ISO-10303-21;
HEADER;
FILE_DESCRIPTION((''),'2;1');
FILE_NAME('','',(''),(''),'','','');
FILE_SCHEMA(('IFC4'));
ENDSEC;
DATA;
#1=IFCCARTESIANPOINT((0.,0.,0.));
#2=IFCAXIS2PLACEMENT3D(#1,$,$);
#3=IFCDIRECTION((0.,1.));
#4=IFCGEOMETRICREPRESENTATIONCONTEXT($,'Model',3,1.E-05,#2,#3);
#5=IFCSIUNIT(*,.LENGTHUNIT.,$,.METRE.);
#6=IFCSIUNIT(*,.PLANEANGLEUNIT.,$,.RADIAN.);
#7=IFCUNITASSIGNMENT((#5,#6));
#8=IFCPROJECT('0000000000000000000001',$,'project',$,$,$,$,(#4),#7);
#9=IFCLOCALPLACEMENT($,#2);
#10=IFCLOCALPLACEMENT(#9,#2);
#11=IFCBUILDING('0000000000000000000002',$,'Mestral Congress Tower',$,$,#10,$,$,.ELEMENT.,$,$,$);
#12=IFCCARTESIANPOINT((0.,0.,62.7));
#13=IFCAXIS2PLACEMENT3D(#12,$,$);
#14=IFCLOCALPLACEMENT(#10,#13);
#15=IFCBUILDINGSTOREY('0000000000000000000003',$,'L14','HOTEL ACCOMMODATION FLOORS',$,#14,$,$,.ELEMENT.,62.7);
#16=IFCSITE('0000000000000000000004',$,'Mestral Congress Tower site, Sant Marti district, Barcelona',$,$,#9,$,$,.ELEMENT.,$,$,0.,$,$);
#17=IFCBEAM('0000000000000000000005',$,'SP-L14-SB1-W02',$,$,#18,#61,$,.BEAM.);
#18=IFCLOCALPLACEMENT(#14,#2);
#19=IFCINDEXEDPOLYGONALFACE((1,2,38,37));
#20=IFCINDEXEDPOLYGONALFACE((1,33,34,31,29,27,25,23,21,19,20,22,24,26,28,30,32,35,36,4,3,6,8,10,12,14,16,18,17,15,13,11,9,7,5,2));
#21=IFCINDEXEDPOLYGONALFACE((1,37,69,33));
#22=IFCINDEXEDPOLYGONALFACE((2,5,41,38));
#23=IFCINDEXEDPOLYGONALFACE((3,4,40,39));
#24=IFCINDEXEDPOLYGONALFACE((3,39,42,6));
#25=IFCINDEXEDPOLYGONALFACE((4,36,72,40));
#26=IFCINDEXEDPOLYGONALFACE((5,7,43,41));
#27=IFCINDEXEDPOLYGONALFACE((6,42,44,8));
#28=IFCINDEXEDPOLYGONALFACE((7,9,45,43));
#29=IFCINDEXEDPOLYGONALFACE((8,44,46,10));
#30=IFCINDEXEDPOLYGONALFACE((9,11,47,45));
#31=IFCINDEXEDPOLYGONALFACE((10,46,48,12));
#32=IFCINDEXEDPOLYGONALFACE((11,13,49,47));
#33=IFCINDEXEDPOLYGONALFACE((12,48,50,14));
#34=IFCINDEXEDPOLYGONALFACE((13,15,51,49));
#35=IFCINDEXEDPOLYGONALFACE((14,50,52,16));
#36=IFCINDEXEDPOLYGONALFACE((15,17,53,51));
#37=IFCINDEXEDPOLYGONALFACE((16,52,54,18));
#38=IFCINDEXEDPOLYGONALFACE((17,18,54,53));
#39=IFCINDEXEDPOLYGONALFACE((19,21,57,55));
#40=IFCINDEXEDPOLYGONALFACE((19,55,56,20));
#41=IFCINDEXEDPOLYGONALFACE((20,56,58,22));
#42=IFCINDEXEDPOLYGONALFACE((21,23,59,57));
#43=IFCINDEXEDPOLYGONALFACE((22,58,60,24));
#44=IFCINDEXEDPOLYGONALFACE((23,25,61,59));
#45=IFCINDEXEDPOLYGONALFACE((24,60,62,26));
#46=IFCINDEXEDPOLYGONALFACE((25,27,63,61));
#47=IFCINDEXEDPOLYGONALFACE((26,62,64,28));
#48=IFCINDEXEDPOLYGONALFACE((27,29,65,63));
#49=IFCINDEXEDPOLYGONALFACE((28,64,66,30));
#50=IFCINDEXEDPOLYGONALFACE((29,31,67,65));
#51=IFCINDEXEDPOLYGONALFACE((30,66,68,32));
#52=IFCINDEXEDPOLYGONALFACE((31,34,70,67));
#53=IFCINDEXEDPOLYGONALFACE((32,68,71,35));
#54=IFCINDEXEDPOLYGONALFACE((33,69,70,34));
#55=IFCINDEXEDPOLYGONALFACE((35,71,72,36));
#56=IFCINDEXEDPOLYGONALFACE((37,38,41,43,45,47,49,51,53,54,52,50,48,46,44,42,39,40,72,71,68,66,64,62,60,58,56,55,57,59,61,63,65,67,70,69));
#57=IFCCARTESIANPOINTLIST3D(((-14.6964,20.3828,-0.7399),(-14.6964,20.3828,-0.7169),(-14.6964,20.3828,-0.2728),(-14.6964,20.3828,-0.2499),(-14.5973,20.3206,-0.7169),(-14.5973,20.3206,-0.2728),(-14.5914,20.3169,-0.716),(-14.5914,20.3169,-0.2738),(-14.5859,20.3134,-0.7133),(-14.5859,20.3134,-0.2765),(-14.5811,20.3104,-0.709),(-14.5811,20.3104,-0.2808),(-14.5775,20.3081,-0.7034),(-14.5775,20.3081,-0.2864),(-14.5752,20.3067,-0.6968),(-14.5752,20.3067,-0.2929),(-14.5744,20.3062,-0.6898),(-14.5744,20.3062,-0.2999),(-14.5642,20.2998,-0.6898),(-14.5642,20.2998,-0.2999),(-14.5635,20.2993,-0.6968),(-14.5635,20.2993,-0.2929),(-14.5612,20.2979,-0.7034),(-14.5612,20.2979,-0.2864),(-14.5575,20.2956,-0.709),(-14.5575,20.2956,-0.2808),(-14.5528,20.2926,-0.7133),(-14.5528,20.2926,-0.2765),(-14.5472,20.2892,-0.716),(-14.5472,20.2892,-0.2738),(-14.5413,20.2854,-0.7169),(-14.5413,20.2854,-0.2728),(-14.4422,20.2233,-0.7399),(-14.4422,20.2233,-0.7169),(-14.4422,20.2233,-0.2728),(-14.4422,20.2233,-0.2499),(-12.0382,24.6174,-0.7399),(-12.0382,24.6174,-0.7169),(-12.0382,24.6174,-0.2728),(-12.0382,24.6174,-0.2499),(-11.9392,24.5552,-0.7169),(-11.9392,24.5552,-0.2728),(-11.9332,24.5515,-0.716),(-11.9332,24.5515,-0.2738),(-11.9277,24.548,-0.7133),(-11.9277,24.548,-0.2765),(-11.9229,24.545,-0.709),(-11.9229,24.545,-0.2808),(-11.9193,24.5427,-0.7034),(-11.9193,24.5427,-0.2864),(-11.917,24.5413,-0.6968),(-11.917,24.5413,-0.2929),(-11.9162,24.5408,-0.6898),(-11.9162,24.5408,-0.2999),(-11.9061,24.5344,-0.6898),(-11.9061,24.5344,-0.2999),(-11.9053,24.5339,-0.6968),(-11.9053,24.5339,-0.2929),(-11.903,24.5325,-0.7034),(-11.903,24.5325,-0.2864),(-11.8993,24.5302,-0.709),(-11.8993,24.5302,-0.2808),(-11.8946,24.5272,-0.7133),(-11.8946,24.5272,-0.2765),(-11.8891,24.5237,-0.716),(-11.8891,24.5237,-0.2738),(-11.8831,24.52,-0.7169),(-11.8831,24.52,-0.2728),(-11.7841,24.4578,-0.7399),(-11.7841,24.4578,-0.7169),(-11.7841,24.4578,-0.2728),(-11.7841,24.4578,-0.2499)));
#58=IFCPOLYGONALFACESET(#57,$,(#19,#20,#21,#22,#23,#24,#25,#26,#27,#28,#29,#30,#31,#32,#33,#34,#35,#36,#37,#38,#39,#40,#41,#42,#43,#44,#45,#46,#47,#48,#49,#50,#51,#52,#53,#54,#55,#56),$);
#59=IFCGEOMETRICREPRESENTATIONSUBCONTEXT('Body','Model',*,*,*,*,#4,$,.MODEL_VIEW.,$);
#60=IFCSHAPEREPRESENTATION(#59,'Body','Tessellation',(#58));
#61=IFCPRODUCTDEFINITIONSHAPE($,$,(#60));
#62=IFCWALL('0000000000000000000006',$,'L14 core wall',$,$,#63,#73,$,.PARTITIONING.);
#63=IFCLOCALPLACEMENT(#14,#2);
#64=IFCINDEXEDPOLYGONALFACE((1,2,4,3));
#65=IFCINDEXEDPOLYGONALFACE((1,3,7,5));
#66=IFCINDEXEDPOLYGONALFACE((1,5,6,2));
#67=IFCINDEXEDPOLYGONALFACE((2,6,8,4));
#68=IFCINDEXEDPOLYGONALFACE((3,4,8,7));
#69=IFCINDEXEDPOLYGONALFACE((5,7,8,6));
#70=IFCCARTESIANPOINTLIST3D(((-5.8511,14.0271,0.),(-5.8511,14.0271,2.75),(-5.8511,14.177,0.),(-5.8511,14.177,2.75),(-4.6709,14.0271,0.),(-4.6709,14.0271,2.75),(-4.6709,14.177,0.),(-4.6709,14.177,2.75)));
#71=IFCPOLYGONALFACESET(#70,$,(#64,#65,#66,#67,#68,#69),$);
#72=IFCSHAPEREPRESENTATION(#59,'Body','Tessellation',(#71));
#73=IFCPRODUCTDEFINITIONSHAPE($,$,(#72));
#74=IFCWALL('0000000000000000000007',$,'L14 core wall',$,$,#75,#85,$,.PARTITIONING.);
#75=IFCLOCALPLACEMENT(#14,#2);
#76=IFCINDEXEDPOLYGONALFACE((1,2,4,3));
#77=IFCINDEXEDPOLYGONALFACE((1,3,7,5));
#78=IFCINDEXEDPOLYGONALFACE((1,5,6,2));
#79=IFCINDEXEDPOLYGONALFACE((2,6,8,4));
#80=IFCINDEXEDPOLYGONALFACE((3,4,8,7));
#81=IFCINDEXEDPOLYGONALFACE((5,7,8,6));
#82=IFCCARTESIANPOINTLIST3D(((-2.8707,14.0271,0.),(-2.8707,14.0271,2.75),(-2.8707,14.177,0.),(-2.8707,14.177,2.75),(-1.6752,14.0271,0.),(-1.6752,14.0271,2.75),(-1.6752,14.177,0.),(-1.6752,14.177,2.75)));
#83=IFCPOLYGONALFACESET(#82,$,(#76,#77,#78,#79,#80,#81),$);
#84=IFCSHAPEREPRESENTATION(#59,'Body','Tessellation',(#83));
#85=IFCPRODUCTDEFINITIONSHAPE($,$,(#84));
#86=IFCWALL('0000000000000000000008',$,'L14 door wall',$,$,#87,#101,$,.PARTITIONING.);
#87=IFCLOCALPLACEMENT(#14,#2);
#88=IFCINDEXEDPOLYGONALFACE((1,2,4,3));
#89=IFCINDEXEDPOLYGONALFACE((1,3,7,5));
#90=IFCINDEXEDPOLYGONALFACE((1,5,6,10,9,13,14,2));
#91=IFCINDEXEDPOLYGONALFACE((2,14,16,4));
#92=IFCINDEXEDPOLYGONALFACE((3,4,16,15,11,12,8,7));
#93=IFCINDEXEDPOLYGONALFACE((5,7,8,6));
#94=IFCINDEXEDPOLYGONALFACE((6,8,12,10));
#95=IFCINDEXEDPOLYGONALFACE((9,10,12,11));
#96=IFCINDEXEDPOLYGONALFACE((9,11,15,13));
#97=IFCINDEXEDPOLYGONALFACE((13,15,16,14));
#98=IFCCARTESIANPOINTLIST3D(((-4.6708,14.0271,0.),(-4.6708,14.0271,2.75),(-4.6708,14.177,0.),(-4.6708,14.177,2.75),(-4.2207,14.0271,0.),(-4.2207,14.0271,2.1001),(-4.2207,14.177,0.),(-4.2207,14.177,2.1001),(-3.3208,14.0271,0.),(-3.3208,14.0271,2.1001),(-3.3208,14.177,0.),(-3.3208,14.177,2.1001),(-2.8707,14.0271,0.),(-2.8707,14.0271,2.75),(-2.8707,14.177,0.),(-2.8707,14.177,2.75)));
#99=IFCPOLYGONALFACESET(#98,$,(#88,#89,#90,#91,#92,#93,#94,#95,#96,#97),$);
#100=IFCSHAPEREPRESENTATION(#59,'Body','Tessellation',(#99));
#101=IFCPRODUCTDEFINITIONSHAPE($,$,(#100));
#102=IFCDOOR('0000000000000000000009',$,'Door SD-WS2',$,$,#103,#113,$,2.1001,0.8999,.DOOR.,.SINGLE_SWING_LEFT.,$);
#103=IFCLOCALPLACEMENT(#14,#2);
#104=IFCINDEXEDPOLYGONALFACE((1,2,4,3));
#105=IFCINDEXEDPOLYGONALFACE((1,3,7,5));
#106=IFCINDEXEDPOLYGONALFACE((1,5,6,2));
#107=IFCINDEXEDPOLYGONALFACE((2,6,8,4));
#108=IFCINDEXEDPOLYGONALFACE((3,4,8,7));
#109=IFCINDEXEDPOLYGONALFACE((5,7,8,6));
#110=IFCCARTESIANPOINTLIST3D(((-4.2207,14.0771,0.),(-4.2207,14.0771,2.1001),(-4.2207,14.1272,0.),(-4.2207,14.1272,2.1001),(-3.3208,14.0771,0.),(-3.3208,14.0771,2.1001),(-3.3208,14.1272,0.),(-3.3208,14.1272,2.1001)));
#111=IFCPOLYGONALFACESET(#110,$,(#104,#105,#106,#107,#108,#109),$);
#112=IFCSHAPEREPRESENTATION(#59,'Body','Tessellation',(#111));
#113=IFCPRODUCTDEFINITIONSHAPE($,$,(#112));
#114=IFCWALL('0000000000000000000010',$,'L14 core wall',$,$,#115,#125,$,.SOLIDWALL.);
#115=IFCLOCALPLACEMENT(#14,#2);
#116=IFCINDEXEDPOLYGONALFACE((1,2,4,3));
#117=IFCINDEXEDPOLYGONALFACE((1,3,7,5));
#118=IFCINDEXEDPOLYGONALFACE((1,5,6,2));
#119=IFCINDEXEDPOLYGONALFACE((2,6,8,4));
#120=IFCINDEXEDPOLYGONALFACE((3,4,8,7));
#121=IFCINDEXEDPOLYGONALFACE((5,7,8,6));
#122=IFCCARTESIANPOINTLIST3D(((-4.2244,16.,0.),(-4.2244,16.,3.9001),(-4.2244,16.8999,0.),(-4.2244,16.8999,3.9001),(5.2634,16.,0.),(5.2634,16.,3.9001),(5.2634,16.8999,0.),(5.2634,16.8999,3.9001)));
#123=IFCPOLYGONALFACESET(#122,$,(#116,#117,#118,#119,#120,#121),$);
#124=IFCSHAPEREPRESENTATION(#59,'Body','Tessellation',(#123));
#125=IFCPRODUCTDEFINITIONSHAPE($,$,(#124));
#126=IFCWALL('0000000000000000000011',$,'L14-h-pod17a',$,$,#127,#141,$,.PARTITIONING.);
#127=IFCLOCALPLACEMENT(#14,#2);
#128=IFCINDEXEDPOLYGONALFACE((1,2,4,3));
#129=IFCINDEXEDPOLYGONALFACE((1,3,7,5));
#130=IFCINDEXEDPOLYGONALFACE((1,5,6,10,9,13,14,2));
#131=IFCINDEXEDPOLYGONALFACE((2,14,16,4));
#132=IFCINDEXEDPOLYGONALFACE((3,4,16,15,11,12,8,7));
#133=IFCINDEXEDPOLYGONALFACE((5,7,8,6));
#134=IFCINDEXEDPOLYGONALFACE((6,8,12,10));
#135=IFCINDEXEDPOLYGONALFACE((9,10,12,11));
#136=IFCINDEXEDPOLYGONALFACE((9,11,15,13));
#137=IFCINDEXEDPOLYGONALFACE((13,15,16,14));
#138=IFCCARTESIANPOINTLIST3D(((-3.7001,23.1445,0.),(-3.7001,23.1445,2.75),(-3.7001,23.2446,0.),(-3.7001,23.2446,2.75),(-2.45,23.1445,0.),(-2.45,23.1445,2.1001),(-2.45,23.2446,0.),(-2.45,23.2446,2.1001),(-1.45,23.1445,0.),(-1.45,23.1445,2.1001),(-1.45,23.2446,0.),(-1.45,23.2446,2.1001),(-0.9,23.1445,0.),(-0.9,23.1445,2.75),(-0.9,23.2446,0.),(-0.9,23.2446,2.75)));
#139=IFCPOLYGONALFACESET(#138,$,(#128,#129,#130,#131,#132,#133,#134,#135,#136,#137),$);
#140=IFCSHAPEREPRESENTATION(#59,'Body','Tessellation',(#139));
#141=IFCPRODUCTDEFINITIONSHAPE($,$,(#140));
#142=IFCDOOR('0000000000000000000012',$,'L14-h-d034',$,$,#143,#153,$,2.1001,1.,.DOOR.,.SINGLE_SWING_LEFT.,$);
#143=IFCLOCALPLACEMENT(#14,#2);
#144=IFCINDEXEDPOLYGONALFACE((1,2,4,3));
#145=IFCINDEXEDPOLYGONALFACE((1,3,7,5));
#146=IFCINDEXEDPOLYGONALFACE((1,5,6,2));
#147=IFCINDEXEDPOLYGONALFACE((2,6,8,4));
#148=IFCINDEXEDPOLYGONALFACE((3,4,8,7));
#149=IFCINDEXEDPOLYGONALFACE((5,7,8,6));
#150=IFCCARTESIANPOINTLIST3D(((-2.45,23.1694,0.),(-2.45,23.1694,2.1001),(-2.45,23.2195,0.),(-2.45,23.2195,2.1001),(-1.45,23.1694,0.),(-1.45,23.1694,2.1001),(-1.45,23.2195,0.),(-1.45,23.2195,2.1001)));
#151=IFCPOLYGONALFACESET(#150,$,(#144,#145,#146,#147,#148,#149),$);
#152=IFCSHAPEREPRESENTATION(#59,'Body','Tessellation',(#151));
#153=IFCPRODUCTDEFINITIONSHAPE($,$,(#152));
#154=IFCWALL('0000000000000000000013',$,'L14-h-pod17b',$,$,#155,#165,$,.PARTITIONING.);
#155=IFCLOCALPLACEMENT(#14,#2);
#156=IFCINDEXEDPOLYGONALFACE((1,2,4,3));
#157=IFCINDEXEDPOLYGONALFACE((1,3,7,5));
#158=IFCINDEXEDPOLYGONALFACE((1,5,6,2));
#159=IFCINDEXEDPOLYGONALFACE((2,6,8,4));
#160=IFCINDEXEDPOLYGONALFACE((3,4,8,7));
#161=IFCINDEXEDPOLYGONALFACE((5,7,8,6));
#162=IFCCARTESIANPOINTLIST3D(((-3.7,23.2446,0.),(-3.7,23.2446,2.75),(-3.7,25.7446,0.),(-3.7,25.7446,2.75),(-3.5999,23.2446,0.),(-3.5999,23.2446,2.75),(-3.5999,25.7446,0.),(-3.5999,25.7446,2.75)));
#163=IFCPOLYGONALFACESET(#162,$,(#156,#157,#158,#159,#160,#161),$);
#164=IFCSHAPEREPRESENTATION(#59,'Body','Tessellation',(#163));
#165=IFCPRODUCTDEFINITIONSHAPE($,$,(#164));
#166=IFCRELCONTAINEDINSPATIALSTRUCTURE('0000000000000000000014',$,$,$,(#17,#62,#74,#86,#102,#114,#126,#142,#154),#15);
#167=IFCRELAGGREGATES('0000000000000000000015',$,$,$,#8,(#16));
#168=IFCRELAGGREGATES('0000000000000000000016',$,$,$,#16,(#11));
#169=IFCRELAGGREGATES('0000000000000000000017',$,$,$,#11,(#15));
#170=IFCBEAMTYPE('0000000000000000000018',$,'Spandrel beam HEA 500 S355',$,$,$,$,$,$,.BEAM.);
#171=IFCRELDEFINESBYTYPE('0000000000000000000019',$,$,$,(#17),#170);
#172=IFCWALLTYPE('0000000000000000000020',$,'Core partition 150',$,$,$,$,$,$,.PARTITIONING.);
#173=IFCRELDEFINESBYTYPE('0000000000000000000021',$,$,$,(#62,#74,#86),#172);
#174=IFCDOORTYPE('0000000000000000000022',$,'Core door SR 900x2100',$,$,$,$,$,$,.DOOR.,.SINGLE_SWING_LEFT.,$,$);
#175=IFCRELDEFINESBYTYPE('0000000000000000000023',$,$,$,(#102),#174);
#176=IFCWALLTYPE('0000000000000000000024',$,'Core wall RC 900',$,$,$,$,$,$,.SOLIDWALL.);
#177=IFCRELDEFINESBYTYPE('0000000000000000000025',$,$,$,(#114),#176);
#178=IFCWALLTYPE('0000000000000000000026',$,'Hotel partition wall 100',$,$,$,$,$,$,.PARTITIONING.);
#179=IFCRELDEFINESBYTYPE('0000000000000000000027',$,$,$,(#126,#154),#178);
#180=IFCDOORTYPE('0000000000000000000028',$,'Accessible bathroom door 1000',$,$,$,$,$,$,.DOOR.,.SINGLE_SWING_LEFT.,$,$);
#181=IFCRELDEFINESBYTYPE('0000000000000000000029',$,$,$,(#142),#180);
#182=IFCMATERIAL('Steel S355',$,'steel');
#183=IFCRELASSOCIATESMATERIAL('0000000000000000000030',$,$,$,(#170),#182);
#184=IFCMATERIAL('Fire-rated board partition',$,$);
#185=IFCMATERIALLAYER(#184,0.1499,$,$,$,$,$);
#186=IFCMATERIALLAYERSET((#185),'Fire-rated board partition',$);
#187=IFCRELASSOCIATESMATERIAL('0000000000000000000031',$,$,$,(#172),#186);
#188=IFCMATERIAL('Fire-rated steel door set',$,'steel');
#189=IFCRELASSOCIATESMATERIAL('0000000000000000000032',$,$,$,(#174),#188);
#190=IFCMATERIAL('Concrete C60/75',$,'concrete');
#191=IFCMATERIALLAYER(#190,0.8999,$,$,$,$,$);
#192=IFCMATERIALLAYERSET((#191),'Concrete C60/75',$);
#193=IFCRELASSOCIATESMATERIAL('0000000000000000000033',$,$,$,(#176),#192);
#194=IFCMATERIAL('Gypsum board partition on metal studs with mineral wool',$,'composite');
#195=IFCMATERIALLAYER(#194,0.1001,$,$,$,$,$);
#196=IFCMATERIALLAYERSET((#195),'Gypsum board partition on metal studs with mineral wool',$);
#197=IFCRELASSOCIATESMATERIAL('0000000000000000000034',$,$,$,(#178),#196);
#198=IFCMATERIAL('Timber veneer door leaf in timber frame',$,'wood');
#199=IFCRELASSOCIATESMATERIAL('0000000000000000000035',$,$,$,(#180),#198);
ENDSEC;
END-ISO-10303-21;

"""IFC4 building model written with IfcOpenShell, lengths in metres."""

from ifc_helpers import new_model, si_unit, direction, frame, frame_2d, origin, origin_2d, place, context, subcontext, project, spatial, rectangle, i_section, extrude, material, layer, layer_set, material_profile, profile_set, type_object, element, fill, save


model = new_model("IFC4")

# Units and contexts
model_context = context("Model", 3, precision=1e-05, world=origin(), true_north=direction((0.0, 1.0)))
body_context = subcontext(model_context, "Body", "Model", "MODEL_VIEW")
ifc_project = project(units=[si_unit("LENGTHUNIT", "METRE"), si_unit("PLANEANGLEUNIT", "RADIAN")], contexts=[model_context])

# Site, building, storey
site_placement = place(None, origin())
site = spatial("IfcSite", under=ifc_project, at=site_placement, Name="Mestral Congress Tower site, Sant Marti district, Barcelona", CompositionType="ELEMENT", RefElevation=0.0)
building_placement = place(site_placement, origin())
building = spatial("IfcBuilding", under=site, at=building_placement, Name="Mestral Congress Tower", CompositionType="ELEMENT")
storey_placement = place(building_placement, frame((0.0, 0.0, 62.7)))
storey = spatial("IfcBuildingStorey", under=building, at=storey_placement, Name="L14", Description="HOTEL ACCOMMODATION FLOORS", CompositionType="ELEMENT", Elevation=62.7)

# Beam
ifc_material_1 = material(Name="Steel S355", Category="steel")
ifc_material_profile = material_profile(ifc_material_1, i_section(OverallWidth=0.3, OverallDepth=0.49, WebThickness=0.012, FlangeThickness=0.0229, FilletRadius=0.0271, at=origin_2d()), Name="HEA 500")
ifc_profile_set = profile_set([ifc_material_profile], Name="Steel S355")
beam_type = type_object("IfcBeamType", Name="Spandrel beam HEA 500 S355", PredefinedType="BEAM", material=ifc_profile_set)
beam_placement = place(storey_placement, frame((-11.9111, 24.5376, -0.4949), z_axis=(-0.531661, -0.846957, 0.0), x_axis=(0.846957, -0.531661, 0.0)))
element("IfcBeam", 1, at=beam_placement, inside=storey, type_object=beam_type, Name="SP-L14-SB1-W02", PredefinedType="BEAM", context=body_context, shape_type="SweptSolid", body=[
    extrude(i_section(OverallWidth=0.3, OverallDepth=0.49, WebThickness=0.012, FlangeThickness=0.0229, FilletRadius=0.0271, at=origin_2d()), origin(), (0.0, 0.0, 1.0), 4.9998),
])

# Walls
ifc_material_2 = material(Name="Fire-rated board partition")
ifc_layer_1 = layer(ifc_material_2, 0.1499)
ifc_layer_set_1 = layer_set([ifc_layer_1], Name="Fire-rated board partition")
wall_type_1 = type_object("IfcWallType", Name="Core partition 150", PredefinedType="PARTITIONING", material=ifc_layer_set_1)
wall_1_placement = place(storey_placement, frame((-5.8511, 14.1021, 0.0), z_axis=(0.0, 0.0, 1.0), x_axis=(1.0, 0.0, 0.0)))
element("IfcWall", 2, at=wall_1_placement, inside=storey, type_object=wall_type_1, Name="L14 core wall", PredefinedType="PARTITIONING", context=body_context, shape_type="SweptSolid", body=[
    extrude(rectangle(XDim=1.1802, YDim=0.1499, at=frame_2d((0.5901, 0.0))), origin(), (0.0, 0.0, 1.0), 2.75),
])
wall_2_placement = place(storey_placement, frame((-2.8706, 14.1021, 0.0), z_axis=(0.0, 0.0, 1.0), x_axis=(1.0, 0.0, 0.0)))
element("IfcWall", 3, at=wall_2_placement, inside=storey, type_object=wall_type_1, Name="L14 core wall", PredefinedType="PARTITIONING", context=body_context, shape_type="SweptSolid", body=[
    extrude(rectangle(XDim=1.1956, YDim=0.1499, at=frame_2d((0.5977, 0.0))), origin(), (0.0, 0.0, 1.0), 2.75),
])

# Wall, opening, door
wall_3_placement = place(storey_placement, frame((-2.8708, 14.1021, 0.0), z_axis=(0.0, 0.0, 1.0), x_axis=(-1.0, 0.0, 0.0)))
wall_3 = element("IfcWall", 4, at=wall_3_placement, inside=storey, type_object=wall_type_1, Name="L14 door wall", PredefinedType="PARTITIONING", context=body_context, shape_type="SweptSolid", body=[
    extrude(rectangle(XDim=1.8, YDim=0.1499, at=frame_2d((0.8999, 0.0))), origin(), (0.0, 0.0, 1.0), 2.75),
])
opening_1_placement = place(wall_3_placement, frame((0.45, 0.0, 0.0)))
opening_1 = element("IfcOpeningElement", 5, at=opening_1_placement, cuts=wall_3, PredefinedType="OPENING", context=body_context, shape_type="SweptSolid", body=[
    extrude(rectangle(XDim=0.8999, YDim=2.1001, at=frame_2d((0.45, 1.05))), frame((0.0, 0.085, 0.0), z_axis=(0.0, -1.0, 0.0), x_axis=(1.0, 0.0, 0.0)), (0.0, 0.0, 1.0), 0.1699),
])
ifc_material_3 = material(Name="Fire-rated steel door set", Category="steel")
door_type_1 = type_object("IfcDoorType", Name="Core door SR 900x2100", OperationType="SINGLE_SWING_LEFT", PredefinedType="DOOR", material=ifc_material_3)
door_1_placement = place(opening_1_placement, origin())
door_1 = element("IfcDoor", 6, at=door_1_placement, inside=storey, type_object=door_type_1, Name="Door SD-WS2", OperationType="SINGLE_SWING_LEFT", OverallHeight=2.1001, OverallWidth=0.8999, PredefinedType="DOOR", context=body_context, shape_type="SweptSolid", body=[
    extrude(rectangle(XDim=0.8999, YDim=2.1001, at=frame_2d((0.45, 1.05))), frame((0.0, 0.0249, 0.0), z_axis=(0.0, -1.0, 0.0), x_axis=(1.0, 0.0, 0.0)), (0.0, 0.0, 1.0), 0.05),
])
fill(opening_1, door_1)

# Wall
ifc_material_4 = material(Name="Concrete C60/75", Category="concrete")
ifc_layer_2 = layer(ifc_material_4, 0.8999)
ifc_layer_set_2 = layer_set([ifc_layer_2], Name="Concrete C60/75")
wall_type_2 = type_object("IfcWallType", Name="Core wall RC 900", PredefinedType="SOLIDWALL", material=ifc_layer_set_2)
wall_4_placement = place(storey_placement, frame((-4.2244, 16.45, 0.0), z_axis=(0.0, 0.0, 1.0), x_axis=(1.0, 0.0, 0.0)))
element("IfcWall", 7, at=wall_4_placement, inside=storey, type_object=wall_type_2, Name="L14 core wall", PredefinedType="SOLIDWALL", context=body_context, shape_type="SweptSolid", body=[
    extrude(rectangle(XDim=9.4878, YDim=0.8999, at=frame_2d((4.7439, 0.0))), origin(), (0.0, 0.0, 1.0), 3.9001),
])

# Wall, opening, door
ifc_material_5 = material(Name="Gypsum board partition on metal studs with mineral wool", Category="composite")
ifc_layer_3 = layer(ifc_material_5, 0.1001)
ifc_layer_set_3 = layer_set([ifc_layer_3], Name="Gypsum board partition on metal studs with mineral wool")
wall_type_3 = type_object("IfcWallType", Name="Hotel partition wall 100", PredefinedType="PARTITIONING", material=ifc_layer_set_3)
wall_5_placement = place(storey_placement, frame((-3.7, 23.1946, 0.0), z_axis=(0.0, 0.0, 1.0), x_axis=(1.0, 0.0, 0.0)))
wall_5 = element("IfcWall", 8, at=wall_5_placement, inside=storey, type_object=wall_type_3, Name="L14-h-pod17a", PredefinedType="PARTITIONING", context=body_context, shape_type="SweptSolid", body=[
    extrude(rectangle(XDim=2.8, YDim=0.1001, at=frame_2d((1.3999, 0.0))), origin(), (0.0, 0.0, 1.0), 2.75),
])
opening_2_placement = place(wall_5_placement, frame((1.25, 0.0, 0.0)))
opening_2 = element("IfcOpeningElement", 9, at=opening_2_placement, cuts=wall_5, PredefinedType="OPENING", context=body_context, shape_type="SweptSolid", body=[
    extrude(rectangle(XDim=1.0, YDim=2.1001, at=frame_2d((0.5, 1.05))), frame((0.0, 0.0601, 0.0), z_axis=(0.0, -1.0, 0.0), x_axis=(1.0, 0.0, 0.0)), (0.0, 0.0, 1.0), 0.1201),
])
ifc_material_6 = material(Name="Timber veneer door leaf in timber frame", Category="wood")
door_type_2 = type_object("IfcDoorType", Name="Accessible bathroom door 1000", OperationType="SINGLE_SWING_LEFT", PredefinedType="DOOR", material=ifc_material_6)
door_2_placement = place(opening_2_placement, origin())
door_2 = element("IfcDoor", 10, at=door_2_placement, inside=storey, type_object=door_type_2, Name="L14-h-d034", OperationType="SINGLE_SWING_LEFT", OverallHeight=2.1001, OverallWidth=1.0, PredefinedType="DOOR", context=body_context, shape_type="SweptSolid", body=[
    extrude(rectangle(XDim=1.0, YDim=2.1001, at=frame_2d((0.5, 1.05))), frame((0.0, 0.0249, 0.0), z_axis=(0.0, -1.0, 0.0), x_axis=(1.0, 0.0, 0.0)), (0.0, 0.0, 1.0), 0.05),
])
fill(opening_2, door_2)

# Wall
wall_6_placement = place(storey_placement, frame((-3.6499, 23.2446, 0.0), z_axis=(0.0, 0.0, 1.0), x_axis=(0.0, 1.0, 0.0)))
element("IfcWall", 11, at=wall_6_placement, inside=storey, type_object=wall_type_3, Name="L14-h-pod17b", PredefinedType="PARTITIONING", context=body_context, shape_type="SweptSolid", body=[
    extrude(rectangle(XDim=2.5, YDim=0.1001, at=frame_2d((1.25, 0.0))), origin(), (0.0, 0.0, 1.0), 2.75),
])

save(model, "model.ifc")
